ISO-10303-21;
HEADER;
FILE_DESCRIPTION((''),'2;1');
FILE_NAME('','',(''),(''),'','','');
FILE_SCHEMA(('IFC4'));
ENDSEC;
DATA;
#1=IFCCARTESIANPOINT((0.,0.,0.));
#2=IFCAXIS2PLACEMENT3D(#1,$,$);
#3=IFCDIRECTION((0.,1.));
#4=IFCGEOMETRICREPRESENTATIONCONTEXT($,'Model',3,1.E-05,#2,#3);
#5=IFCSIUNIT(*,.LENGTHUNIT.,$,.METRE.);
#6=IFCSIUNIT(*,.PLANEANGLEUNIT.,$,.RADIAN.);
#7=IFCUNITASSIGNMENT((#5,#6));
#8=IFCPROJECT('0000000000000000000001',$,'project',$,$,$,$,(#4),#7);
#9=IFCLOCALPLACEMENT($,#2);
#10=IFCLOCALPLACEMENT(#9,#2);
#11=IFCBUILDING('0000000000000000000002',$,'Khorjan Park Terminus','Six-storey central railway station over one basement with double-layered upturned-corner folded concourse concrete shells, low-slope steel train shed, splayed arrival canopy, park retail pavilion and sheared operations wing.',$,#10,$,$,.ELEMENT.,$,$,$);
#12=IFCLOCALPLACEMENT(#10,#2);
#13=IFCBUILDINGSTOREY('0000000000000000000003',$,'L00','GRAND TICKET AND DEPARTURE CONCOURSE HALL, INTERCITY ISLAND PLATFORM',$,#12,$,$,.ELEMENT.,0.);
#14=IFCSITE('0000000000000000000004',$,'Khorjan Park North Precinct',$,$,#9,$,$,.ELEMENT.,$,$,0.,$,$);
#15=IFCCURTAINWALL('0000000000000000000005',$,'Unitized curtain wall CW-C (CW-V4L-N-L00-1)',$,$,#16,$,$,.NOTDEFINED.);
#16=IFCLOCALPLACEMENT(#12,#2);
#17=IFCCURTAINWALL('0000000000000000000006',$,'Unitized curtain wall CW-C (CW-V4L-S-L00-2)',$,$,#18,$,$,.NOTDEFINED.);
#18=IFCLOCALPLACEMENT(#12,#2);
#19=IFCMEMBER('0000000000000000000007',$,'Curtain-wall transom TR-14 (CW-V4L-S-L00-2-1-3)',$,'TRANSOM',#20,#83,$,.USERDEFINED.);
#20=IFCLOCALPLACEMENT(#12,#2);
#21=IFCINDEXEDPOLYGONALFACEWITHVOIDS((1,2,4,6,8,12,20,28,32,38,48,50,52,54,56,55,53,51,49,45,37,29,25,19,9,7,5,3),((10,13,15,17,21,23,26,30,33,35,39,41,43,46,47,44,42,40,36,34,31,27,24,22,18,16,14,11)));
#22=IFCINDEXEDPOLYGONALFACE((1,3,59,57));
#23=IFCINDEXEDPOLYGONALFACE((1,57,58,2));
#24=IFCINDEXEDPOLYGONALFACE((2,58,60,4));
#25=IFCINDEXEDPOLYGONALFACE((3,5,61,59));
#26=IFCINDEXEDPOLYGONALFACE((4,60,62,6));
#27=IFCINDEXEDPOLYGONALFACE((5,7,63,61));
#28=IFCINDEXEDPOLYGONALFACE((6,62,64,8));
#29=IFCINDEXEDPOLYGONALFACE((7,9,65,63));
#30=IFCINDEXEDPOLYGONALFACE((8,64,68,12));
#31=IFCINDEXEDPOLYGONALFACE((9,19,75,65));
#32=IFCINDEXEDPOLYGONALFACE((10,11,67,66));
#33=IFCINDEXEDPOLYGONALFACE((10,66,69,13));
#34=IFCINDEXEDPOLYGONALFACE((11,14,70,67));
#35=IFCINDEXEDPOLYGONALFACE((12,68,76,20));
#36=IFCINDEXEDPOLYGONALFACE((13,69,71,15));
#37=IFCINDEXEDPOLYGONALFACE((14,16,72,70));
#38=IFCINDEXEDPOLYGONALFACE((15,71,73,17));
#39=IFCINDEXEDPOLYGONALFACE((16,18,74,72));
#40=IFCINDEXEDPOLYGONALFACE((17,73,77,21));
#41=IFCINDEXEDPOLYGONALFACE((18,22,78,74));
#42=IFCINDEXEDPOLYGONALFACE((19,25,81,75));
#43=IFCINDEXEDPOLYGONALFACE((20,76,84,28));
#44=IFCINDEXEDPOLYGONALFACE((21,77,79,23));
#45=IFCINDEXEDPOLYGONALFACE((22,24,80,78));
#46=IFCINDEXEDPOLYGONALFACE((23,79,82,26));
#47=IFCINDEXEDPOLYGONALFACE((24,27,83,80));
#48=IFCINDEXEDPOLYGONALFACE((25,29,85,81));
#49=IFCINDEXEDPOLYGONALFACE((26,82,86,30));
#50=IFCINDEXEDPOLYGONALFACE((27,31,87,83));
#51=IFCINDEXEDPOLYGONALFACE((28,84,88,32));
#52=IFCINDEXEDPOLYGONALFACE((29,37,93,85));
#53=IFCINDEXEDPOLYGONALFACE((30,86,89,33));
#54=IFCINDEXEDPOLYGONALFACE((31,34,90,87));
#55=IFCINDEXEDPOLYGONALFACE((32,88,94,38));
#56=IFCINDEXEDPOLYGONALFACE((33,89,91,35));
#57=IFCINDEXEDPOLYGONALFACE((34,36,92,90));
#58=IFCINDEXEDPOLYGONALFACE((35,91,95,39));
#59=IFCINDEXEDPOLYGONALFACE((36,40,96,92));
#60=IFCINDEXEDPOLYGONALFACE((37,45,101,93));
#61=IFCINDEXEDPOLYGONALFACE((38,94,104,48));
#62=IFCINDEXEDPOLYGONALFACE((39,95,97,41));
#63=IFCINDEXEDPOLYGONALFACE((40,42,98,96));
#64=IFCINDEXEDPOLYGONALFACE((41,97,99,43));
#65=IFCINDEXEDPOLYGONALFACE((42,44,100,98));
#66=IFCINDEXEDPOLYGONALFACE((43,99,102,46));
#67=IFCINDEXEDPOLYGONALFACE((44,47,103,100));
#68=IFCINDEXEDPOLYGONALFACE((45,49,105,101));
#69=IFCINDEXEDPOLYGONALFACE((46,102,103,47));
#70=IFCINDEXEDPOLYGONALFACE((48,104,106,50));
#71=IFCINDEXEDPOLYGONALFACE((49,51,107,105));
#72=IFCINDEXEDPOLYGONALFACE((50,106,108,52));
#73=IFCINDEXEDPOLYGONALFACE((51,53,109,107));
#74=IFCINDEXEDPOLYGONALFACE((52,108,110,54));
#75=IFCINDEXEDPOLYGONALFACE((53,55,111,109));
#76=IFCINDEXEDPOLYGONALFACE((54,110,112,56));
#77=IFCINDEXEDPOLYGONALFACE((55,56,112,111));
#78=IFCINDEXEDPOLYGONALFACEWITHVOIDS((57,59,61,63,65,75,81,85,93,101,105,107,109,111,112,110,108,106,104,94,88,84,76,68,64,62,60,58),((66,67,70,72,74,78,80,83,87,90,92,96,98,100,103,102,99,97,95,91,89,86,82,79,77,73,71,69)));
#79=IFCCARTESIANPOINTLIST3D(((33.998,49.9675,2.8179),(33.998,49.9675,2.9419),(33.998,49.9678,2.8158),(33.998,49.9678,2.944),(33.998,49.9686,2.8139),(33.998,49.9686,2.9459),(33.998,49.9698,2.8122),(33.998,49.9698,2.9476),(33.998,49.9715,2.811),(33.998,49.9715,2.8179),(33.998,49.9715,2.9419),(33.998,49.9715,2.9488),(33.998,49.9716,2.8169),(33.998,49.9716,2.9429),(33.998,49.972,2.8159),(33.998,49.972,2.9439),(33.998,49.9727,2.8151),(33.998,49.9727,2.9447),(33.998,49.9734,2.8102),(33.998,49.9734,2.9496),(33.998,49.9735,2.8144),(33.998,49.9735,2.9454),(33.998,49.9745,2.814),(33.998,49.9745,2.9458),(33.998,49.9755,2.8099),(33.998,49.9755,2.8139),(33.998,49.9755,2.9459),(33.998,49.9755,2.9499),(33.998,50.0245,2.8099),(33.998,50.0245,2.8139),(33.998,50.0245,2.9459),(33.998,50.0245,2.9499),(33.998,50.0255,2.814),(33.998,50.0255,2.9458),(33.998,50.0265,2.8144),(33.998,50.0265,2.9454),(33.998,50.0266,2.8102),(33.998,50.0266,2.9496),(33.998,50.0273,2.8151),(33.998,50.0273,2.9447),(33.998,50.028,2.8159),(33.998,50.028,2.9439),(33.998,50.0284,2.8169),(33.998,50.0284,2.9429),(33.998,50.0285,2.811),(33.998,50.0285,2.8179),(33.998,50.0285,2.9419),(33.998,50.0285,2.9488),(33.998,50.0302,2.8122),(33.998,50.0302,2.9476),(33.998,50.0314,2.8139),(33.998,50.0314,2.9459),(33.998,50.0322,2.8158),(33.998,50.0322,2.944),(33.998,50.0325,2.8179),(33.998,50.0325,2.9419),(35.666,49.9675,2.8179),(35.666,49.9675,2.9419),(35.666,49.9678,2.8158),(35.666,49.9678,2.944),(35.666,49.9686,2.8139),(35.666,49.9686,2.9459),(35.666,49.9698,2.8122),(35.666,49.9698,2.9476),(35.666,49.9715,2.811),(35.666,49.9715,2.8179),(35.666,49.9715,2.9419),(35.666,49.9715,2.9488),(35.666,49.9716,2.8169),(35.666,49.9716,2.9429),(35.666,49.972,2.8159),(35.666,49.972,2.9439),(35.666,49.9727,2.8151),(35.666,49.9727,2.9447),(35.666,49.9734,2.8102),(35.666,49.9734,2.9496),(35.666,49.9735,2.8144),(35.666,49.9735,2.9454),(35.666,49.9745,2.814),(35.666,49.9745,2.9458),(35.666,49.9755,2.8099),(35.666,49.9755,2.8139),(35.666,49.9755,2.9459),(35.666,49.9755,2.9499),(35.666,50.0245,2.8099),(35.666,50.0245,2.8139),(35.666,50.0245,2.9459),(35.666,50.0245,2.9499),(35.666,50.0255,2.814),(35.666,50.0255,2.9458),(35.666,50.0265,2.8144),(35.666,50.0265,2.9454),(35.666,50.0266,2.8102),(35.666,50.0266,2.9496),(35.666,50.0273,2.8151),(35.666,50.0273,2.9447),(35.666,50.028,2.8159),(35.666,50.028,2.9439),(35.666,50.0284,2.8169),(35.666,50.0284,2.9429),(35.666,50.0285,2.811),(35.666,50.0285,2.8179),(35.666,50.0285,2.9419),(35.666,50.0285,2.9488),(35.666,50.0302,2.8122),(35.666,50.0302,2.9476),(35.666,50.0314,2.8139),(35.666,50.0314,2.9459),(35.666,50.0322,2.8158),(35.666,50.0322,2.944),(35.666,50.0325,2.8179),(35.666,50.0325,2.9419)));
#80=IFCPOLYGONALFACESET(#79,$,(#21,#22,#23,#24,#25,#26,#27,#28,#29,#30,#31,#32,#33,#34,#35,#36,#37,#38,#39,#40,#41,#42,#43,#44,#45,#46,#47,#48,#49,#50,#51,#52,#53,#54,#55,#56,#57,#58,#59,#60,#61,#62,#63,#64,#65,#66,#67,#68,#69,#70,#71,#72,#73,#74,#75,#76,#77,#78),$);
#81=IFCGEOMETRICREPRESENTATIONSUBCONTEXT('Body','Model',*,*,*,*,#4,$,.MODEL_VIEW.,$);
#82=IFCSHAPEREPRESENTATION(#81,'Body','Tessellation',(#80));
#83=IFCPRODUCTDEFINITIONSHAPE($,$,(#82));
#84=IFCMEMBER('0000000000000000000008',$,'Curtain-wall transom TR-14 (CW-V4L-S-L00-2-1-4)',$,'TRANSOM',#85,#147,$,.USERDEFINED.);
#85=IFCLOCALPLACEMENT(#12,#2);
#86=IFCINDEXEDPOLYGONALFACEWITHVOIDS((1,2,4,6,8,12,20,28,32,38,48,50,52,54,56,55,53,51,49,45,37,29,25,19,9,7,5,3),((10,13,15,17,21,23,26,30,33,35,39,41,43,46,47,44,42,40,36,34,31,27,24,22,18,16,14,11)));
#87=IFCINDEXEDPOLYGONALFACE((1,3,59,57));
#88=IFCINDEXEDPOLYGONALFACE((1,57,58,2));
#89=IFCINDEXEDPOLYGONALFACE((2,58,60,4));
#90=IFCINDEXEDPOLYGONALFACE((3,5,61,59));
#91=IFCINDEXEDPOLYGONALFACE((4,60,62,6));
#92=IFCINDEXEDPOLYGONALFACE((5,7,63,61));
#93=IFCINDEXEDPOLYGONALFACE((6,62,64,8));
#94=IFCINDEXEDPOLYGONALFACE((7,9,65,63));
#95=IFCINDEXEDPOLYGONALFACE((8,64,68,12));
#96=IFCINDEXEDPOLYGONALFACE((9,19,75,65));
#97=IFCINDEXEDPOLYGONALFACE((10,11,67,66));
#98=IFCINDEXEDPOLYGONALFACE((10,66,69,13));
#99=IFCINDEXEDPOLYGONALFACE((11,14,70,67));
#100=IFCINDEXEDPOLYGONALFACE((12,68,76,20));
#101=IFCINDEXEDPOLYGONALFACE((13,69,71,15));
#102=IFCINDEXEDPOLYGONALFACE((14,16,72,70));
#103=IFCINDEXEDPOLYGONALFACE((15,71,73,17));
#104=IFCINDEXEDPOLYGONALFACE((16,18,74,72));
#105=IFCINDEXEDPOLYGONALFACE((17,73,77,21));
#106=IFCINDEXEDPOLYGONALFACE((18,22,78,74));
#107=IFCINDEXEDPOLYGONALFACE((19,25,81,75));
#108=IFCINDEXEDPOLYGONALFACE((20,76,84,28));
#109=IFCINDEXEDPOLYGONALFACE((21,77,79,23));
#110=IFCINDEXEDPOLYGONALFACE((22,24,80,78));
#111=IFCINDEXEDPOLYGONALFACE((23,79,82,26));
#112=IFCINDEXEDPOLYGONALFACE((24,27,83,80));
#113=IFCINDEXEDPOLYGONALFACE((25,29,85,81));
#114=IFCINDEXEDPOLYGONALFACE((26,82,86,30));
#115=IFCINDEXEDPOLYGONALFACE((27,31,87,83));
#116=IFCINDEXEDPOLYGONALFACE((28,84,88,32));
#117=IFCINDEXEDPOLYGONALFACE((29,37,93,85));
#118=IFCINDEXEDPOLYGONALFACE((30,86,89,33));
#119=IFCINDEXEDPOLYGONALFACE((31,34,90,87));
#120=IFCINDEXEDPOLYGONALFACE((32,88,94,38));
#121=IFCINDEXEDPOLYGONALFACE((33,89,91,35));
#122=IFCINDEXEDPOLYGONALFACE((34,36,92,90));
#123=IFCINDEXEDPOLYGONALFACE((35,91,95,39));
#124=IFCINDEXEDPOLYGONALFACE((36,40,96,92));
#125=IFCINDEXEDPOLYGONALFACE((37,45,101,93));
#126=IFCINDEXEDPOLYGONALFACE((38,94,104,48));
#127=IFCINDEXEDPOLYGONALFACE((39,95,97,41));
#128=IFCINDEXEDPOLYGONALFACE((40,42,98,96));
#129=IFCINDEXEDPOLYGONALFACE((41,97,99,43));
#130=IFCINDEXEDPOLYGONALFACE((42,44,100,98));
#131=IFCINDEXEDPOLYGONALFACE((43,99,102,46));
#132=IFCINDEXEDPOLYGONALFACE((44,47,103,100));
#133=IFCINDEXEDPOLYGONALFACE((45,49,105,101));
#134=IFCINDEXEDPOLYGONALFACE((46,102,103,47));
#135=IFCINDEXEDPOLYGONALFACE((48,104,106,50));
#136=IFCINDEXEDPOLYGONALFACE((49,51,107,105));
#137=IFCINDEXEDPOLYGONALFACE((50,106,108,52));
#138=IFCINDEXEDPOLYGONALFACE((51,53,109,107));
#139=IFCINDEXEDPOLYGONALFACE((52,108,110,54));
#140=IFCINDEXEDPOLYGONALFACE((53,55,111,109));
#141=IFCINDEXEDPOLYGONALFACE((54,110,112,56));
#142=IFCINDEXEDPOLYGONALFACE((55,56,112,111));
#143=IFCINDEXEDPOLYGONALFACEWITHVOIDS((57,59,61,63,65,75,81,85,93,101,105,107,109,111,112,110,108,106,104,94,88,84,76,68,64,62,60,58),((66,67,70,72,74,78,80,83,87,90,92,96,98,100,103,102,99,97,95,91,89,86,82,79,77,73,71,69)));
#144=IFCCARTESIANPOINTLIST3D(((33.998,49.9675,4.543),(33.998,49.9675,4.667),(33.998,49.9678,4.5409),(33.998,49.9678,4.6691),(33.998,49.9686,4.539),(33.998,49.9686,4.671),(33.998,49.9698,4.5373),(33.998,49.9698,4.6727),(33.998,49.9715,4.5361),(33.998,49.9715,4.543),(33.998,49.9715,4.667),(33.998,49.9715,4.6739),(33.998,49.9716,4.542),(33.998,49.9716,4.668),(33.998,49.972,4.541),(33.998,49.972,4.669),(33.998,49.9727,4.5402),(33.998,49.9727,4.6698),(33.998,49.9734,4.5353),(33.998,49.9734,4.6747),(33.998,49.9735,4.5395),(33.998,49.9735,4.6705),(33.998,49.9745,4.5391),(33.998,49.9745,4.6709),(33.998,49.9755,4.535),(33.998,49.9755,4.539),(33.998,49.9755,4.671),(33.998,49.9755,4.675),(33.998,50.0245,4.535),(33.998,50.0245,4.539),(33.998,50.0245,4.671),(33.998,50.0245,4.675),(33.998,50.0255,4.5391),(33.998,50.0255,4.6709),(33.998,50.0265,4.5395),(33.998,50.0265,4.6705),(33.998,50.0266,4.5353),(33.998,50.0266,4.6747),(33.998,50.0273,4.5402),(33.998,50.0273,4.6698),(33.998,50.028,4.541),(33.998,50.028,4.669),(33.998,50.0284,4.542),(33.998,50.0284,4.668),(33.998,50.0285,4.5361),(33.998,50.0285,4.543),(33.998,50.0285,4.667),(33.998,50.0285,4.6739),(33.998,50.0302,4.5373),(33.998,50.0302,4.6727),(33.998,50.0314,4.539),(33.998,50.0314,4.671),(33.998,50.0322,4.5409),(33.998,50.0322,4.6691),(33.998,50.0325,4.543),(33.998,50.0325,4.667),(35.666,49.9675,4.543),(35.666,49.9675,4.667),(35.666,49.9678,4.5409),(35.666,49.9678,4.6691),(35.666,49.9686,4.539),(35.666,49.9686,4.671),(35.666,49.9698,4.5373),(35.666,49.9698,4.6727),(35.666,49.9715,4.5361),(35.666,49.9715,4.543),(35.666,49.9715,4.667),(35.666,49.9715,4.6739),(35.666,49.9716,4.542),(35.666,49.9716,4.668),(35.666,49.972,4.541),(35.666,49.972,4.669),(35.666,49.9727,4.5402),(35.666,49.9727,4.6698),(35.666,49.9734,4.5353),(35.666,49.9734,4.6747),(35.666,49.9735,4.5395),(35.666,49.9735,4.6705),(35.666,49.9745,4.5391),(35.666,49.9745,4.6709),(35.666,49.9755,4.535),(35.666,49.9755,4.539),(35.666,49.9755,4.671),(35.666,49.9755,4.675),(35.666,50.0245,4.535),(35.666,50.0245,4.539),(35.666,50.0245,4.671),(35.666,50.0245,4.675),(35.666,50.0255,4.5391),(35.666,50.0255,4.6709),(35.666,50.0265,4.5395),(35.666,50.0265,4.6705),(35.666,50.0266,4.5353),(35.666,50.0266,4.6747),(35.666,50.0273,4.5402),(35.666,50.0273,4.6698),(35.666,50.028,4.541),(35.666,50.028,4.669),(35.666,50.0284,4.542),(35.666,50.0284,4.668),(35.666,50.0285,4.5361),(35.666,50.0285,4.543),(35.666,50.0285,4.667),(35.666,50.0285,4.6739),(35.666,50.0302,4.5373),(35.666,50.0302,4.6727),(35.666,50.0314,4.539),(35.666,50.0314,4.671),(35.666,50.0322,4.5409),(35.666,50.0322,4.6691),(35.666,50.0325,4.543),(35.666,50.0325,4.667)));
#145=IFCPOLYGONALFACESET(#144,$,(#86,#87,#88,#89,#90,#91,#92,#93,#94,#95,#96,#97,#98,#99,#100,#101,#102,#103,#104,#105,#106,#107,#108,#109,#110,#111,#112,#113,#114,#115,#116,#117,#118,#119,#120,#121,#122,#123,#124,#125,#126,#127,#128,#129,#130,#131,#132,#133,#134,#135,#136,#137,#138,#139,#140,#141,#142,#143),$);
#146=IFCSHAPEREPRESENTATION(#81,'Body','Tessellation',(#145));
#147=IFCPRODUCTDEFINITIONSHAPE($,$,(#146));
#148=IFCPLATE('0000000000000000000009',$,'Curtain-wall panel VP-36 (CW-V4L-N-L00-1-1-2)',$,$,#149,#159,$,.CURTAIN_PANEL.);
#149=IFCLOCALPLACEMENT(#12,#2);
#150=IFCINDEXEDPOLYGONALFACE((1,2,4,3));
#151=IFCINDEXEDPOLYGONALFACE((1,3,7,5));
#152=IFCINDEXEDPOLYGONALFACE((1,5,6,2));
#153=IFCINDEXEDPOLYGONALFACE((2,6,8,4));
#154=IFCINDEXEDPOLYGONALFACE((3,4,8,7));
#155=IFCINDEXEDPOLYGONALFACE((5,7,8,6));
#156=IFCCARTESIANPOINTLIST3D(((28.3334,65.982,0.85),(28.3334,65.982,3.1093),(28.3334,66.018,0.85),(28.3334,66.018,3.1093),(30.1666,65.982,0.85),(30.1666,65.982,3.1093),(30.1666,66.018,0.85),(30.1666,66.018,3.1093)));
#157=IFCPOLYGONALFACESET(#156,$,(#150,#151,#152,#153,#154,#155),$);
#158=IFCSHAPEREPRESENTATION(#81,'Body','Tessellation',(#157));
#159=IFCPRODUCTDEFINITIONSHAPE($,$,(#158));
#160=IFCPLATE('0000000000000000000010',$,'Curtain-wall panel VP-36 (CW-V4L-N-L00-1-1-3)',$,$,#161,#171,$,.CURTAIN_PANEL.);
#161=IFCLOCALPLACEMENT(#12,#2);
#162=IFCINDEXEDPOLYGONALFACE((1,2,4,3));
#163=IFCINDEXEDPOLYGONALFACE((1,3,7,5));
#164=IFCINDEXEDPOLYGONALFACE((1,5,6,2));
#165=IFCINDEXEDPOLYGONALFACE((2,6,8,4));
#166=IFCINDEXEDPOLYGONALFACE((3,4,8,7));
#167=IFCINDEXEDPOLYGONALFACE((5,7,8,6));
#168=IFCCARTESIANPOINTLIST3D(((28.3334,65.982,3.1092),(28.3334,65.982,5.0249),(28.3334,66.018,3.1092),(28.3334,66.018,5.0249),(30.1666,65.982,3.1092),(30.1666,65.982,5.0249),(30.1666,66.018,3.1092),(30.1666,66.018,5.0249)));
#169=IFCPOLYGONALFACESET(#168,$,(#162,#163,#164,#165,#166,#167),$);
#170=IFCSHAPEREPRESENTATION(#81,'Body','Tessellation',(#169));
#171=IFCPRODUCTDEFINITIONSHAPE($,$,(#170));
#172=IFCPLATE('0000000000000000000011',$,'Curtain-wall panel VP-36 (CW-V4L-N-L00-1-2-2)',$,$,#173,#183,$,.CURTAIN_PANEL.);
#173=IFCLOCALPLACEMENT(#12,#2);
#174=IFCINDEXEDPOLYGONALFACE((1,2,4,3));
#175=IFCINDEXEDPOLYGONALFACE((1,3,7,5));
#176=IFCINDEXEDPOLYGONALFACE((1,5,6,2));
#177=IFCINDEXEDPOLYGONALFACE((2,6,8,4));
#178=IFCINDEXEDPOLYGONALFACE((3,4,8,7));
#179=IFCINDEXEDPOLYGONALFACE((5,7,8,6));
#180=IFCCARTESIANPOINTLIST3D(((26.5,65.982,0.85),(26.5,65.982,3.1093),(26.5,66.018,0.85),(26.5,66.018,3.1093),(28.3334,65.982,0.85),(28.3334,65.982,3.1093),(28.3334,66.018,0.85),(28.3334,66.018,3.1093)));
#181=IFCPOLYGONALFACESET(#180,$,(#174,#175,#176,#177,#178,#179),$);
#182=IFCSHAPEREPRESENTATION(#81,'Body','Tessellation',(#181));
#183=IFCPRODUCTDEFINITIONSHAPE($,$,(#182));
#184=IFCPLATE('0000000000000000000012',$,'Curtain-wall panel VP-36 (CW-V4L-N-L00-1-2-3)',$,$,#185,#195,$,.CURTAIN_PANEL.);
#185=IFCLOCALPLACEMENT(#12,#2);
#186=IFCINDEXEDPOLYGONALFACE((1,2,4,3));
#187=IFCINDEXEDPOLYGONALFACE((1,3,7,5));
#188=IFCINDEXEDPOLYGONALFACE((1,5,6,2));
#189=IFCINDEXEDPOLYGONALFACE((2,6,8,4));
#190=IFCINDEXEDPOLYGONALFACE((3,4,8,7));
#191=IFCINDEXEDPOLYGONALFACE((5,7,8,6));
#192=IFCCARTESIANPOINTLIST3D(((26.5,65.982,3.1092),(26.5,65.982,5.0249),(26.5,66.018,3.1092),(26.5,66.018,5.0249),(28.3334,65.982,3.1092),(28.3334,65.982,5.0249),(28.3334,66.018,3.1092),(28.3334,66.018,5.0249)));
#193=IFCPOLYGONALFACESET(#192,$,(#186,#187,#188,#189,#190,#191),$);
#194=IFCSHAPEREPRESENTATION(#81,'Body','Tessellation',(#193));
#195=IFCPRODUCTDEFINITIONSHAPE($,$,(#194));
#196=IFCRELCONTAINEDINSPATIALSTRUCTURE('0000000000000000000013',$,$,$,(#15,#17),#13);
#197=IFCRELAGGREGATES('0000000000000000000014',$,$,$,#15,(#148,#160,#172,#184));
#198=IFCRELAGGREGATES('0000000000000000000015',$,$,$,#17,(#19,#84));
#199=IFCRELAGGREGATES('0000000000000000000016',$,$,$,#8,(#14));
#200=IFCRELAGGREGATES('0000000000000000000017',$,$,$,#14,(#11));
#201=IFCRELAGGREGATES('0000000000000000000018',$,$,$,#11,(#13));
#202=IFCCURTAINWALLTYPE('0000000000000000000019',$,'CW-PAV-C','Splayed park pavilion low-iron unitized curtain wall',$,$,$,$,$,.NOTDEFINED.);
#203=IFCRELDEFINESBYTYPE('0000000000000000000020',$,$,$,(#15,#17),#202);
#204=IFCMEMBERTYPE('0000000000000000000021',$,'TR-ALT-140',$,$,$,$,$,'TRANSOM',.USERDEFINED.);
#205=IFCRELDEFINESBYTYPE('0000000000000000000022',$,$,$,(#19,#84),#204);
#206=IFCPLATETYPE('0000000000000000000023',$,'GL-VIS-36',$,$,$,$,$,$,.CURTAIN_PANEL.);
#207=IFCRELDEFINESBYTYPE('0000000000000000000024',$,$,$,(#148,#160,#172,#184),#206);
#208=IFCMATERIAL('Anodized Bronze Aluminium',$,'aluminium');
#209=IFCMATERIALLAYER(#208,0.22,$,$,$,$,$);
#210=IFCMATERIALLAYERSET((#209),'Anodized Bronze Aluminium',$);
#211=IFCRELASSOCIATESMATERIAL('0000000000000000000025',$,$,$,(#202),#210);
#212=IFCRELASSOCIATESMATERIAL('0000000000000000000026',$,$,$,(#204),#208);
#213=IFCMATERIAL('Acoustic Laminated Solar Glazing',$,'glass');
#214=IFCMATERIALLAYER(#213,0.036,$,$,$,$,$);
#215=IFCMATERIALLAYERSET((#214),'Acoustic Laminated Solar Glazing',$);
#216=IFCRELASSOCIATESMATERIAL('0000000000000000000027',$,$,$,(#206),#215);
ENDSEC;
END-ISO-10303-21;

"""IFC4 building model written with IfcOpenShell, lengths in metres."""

from ifc_helpers import new_model, si_unit, direction, frame, origin, origin_2d, place, context, subcontext, project, spatial, rectangle, hollow_rectangle, extrude, material, layer, layer_set, material_profile, profile_set, type_object, element, aggregate, save


model = new_model("IFC4")

# Units and contexts
model_context = context("Model", 3, precision=1e-05, world=origin(), true_north=direction((0.0, 1.0)))
body_context = subcontext(model_context, "Body", "Model", "MODEL_VIEW")
ifc_project = project(units=[si_unit("LENGTHUNIT", "METRE"), si_unit("PLANEANGLEUNIT", "RADIAN")], contexts=[model_context])

# Site, building, storey
site_placement = place(None, origin())
site = spatial("IfcSite", under=ifc_project, at=site_placement, Name="Khorjan Park North Precinct", CompositionType="ELEMENT", RefElevation=0.0)
building_placement = place(site_placement, origin())
building = spatial("IfcBuilding", under=site, at=building_placement, Name="Khorjan Park Terminus", Description="Six-storey central railway station over one basement with double-layered upturned-corner folded concourse concrete shells, low-slope steel train shed, splayed arrival canopy, park retail pavilion and sheared operations wing.", CompositionType="ELEMENT")
storey_placement = place(building_placement, origin())
storey = spatial("IfcBuildingStorey", under=building, at=storey_placement, Name="L00", Description="GRAND TICKET AND DEPARTURE CONCOURSE HALL, INTERCITY ISLAND PLATFORM", CompositionType="ELEMENT", Elevation=0.0)

# Curtain wall
ifc_material_1 = material(Name="Anodized Bronze Aluminium", Category="aluminium")
ifc_layer_1 = layer(ifc_material_1, 0.22)
ifc_layer_set_1 = layer_set([ifc_layer_1], Name="Anodized Bronze Aluminium")
curtain_wall_type = type_object("IfcCurtainWallType", Name="CW-PAV-C", Description="Splayed park pavilion low-iron unitized curtain wall", PredefinedType="NOTDEFINED", material=ifc_layer_set_1)
curtain_wall_1_placement = place(storey_placement, origin())
curtain_wall_1 = element("IfcCurtainWall", 1, at=curtain_wall_1_placement, inside=storey, type_object=curtain_wall_type, Name="Unitized curtain wall CW-C (CW-V4L-N-L00-1)", PredefinedType="NOTDEFINED")

# Curtain wall
curtain_wall_2_placement = place(storey_placement, origin())
curtain_wall_2 = element("IfcCurtainWall", 2, at=curtain_wall_2_placement, inside=storey, type_object=curtain_wall_type, Name="Unitized curtain wall CW-C (CW-V4L-S-L00-2)", PredefinedType="NOTDEFINED")

# Members
ifc_material_profile_1 = material_profile(ifc_material_1, hollow_rectangle(XDim=0.065, YDim=0.14, WallThickness=0.004, InnerFilletRadius=0.004, OuterFilletRadius=0.008, at=origin_2d()), Name="ALT 65x140x4")
ifc_profile_set_1 = profile_set([ifc_material_profile_1], Name="Anodized Bronze Aluminium")
member_type_1 = type_object("IfcMemberType", Name="TR-ALT-140", ElementType="TRANSOM", PredefinedType="USERDEFINED", material=ifc_profile_set_1)
member_1_placement = place(storey_placement, frame((33.998, 50.0, 2.8799), z_axis=(1.0, 0.0, 0.0), x_axis=(0.0, 1.0, 0.0)))
member_1 = element("IfcMember", 3, at=member_1_placement, type_object=member_type_1, Name="Curtain-wall transom TR-14 (CW-V4L-S-L00-2-1-3)", ObjectType="TRANSOM", PredefinedType="USERDEFINED", context=body_context, shape_type="SweptSolid", body=[
    extrude(hollow_rectangle(XDim=0.065, YDim=0.14, WallThickness=0.004, InnerFilletRadius=0.004, OuterFilletRadius=0.008, at=origin_2d()), origin(), (0.0, 0.0, 1.0), 1.668),
])
member_2_placement = place(storey_placement, frame((33.998, 50.0, 4.605), z_axis=(1.0, 0.0, 0.0), x_axis=(0.0, 1.0, 0.0)))
member_2 = element("IfcMember", 4, at=member_2_placement, type_object=member_type_1, Name="Curtain-wall transom TR-14 (CW-V4L-S-L00-2-1-4)", ObjectType="TRANSOM", PredefinedType="USERDEFINED", context=body_context, shape_type="SweptSolid", body=[
    extrude(hollow_rectangle(XDim=0.065, YDim=0.14, WallThickness=0.004, InnerFilletRadius=0.004, OuterFilletRadius=0.008, at=origin_2d()), origin(), (0.0, 0.0, 1.0), 1.668),
])

# Plates
ifc_material_2 = material(Name="Acoustic Laminated Solar Glazing", Category="glass")
ifc_layer_2 = layer(ifc_material_2, 0.036)
ifc_layer_set_2 = layer_set([ifc_layer_2], Name="Acoustic Laminated Solar Glazing")
plate_type_1 = type_object("IfcPlateType", Name="GL-VIS-36", PredefinedType="CURTAIN_PANEL", material=ifc_layer_set_2)
plate_1_placement = place(storey_placement, frame((29.25, 66.0, 0.85), z_axis=(0.0, 0.0, 1.0), x_axis=(-1.0, 0.0, 0.0)))
plate_1 = element("IfcPlate", 5, at=plate_1_placement, type_object=plate_type_1, Name="Curtain-wall panel VP-36 (CW-V4L-N-L00-1-1-2)", PredefinedType="CURTAIN_PANEL", context=body_context, shape_type="SweptSolid", body=[
    extrude(rectangle(XDim=1.8333, YDim=0.036, at=origin_2d()), origin(), (0.0, 0.0, 1.0), 2.2593),
])
plate_2_placement = place(storey_placement, frame((29.25, 66.0, 3.1092), z_axis=(0.0, 0.0, 1.0), x_axis=(-1.0, 0.0, 0.0)))
plate_2 = element("IfcPlate", 6, at=plate_2_placement, type_object=plate_type_1, Name="Curtain-wall panel VP-36 (CW-V4L-N-L00-1-1-3)", PredefinedType="CURTAIN_PANEL", context=body_context, shape_type="SweptSolid", body=[
    extrude(rectangle(XDim=1.8333, YDim=0.036, at=origin_2d()), origin(), (0.0, 0.0, 1.0), 1.9157),
])
plate_3_placement = place(storey_placement, frame((27.4167, 66.0, 0.85), z_axis=(0.0, 0.0, 1.0), x_axis=(-1.0, 0.0, 0.0)))
plate_3 = element("IfcPlate", 7, at=plate_3_placement, type_object=plate_type_1, Name="Curtain-wall panel VP-36 (CW-V4L-N-L00-1-2-2)", PredefinedType="CURTAIN_PANEL", context=body_context, shape_type="SweptSolid", body=[
    extrude(rectangle(XDim=1.8333, YDim=0.036, at=origin_2d()), origin(), (0.0, 0.0, 1.0), 2.2593),
])
plate_4_placement = place(storey_placement, frame((27.4167, 66.0, 3.1092), z_axis=(0.0, 0.0, 1.0), x_axis=(-1.0, 0.0, 0.0)))
plate_4 = element("IfcPlate", 8, at=plate_4_placement, type_object=plate_type_1, Name="Curtain-wall panel VP-36 (CW-V4L-N-L00-1-2-3)", PredefinedType="CURTAIN_PANEL", context=body_context, shape_type="SweptSolid", body=[
    extrude(rectangle(XDim=1.8333, YDim=0.036, at=origin_2d()), origin(), (0.0, 0.0, 1.0), 1.9157),
])
aggregate(curtain_wall_1, [plate_1, plate_2, plate_3, plate_4])
aggregate(curtain_wall_2, [member_1, member_2])

save(model, "model.ifc")
